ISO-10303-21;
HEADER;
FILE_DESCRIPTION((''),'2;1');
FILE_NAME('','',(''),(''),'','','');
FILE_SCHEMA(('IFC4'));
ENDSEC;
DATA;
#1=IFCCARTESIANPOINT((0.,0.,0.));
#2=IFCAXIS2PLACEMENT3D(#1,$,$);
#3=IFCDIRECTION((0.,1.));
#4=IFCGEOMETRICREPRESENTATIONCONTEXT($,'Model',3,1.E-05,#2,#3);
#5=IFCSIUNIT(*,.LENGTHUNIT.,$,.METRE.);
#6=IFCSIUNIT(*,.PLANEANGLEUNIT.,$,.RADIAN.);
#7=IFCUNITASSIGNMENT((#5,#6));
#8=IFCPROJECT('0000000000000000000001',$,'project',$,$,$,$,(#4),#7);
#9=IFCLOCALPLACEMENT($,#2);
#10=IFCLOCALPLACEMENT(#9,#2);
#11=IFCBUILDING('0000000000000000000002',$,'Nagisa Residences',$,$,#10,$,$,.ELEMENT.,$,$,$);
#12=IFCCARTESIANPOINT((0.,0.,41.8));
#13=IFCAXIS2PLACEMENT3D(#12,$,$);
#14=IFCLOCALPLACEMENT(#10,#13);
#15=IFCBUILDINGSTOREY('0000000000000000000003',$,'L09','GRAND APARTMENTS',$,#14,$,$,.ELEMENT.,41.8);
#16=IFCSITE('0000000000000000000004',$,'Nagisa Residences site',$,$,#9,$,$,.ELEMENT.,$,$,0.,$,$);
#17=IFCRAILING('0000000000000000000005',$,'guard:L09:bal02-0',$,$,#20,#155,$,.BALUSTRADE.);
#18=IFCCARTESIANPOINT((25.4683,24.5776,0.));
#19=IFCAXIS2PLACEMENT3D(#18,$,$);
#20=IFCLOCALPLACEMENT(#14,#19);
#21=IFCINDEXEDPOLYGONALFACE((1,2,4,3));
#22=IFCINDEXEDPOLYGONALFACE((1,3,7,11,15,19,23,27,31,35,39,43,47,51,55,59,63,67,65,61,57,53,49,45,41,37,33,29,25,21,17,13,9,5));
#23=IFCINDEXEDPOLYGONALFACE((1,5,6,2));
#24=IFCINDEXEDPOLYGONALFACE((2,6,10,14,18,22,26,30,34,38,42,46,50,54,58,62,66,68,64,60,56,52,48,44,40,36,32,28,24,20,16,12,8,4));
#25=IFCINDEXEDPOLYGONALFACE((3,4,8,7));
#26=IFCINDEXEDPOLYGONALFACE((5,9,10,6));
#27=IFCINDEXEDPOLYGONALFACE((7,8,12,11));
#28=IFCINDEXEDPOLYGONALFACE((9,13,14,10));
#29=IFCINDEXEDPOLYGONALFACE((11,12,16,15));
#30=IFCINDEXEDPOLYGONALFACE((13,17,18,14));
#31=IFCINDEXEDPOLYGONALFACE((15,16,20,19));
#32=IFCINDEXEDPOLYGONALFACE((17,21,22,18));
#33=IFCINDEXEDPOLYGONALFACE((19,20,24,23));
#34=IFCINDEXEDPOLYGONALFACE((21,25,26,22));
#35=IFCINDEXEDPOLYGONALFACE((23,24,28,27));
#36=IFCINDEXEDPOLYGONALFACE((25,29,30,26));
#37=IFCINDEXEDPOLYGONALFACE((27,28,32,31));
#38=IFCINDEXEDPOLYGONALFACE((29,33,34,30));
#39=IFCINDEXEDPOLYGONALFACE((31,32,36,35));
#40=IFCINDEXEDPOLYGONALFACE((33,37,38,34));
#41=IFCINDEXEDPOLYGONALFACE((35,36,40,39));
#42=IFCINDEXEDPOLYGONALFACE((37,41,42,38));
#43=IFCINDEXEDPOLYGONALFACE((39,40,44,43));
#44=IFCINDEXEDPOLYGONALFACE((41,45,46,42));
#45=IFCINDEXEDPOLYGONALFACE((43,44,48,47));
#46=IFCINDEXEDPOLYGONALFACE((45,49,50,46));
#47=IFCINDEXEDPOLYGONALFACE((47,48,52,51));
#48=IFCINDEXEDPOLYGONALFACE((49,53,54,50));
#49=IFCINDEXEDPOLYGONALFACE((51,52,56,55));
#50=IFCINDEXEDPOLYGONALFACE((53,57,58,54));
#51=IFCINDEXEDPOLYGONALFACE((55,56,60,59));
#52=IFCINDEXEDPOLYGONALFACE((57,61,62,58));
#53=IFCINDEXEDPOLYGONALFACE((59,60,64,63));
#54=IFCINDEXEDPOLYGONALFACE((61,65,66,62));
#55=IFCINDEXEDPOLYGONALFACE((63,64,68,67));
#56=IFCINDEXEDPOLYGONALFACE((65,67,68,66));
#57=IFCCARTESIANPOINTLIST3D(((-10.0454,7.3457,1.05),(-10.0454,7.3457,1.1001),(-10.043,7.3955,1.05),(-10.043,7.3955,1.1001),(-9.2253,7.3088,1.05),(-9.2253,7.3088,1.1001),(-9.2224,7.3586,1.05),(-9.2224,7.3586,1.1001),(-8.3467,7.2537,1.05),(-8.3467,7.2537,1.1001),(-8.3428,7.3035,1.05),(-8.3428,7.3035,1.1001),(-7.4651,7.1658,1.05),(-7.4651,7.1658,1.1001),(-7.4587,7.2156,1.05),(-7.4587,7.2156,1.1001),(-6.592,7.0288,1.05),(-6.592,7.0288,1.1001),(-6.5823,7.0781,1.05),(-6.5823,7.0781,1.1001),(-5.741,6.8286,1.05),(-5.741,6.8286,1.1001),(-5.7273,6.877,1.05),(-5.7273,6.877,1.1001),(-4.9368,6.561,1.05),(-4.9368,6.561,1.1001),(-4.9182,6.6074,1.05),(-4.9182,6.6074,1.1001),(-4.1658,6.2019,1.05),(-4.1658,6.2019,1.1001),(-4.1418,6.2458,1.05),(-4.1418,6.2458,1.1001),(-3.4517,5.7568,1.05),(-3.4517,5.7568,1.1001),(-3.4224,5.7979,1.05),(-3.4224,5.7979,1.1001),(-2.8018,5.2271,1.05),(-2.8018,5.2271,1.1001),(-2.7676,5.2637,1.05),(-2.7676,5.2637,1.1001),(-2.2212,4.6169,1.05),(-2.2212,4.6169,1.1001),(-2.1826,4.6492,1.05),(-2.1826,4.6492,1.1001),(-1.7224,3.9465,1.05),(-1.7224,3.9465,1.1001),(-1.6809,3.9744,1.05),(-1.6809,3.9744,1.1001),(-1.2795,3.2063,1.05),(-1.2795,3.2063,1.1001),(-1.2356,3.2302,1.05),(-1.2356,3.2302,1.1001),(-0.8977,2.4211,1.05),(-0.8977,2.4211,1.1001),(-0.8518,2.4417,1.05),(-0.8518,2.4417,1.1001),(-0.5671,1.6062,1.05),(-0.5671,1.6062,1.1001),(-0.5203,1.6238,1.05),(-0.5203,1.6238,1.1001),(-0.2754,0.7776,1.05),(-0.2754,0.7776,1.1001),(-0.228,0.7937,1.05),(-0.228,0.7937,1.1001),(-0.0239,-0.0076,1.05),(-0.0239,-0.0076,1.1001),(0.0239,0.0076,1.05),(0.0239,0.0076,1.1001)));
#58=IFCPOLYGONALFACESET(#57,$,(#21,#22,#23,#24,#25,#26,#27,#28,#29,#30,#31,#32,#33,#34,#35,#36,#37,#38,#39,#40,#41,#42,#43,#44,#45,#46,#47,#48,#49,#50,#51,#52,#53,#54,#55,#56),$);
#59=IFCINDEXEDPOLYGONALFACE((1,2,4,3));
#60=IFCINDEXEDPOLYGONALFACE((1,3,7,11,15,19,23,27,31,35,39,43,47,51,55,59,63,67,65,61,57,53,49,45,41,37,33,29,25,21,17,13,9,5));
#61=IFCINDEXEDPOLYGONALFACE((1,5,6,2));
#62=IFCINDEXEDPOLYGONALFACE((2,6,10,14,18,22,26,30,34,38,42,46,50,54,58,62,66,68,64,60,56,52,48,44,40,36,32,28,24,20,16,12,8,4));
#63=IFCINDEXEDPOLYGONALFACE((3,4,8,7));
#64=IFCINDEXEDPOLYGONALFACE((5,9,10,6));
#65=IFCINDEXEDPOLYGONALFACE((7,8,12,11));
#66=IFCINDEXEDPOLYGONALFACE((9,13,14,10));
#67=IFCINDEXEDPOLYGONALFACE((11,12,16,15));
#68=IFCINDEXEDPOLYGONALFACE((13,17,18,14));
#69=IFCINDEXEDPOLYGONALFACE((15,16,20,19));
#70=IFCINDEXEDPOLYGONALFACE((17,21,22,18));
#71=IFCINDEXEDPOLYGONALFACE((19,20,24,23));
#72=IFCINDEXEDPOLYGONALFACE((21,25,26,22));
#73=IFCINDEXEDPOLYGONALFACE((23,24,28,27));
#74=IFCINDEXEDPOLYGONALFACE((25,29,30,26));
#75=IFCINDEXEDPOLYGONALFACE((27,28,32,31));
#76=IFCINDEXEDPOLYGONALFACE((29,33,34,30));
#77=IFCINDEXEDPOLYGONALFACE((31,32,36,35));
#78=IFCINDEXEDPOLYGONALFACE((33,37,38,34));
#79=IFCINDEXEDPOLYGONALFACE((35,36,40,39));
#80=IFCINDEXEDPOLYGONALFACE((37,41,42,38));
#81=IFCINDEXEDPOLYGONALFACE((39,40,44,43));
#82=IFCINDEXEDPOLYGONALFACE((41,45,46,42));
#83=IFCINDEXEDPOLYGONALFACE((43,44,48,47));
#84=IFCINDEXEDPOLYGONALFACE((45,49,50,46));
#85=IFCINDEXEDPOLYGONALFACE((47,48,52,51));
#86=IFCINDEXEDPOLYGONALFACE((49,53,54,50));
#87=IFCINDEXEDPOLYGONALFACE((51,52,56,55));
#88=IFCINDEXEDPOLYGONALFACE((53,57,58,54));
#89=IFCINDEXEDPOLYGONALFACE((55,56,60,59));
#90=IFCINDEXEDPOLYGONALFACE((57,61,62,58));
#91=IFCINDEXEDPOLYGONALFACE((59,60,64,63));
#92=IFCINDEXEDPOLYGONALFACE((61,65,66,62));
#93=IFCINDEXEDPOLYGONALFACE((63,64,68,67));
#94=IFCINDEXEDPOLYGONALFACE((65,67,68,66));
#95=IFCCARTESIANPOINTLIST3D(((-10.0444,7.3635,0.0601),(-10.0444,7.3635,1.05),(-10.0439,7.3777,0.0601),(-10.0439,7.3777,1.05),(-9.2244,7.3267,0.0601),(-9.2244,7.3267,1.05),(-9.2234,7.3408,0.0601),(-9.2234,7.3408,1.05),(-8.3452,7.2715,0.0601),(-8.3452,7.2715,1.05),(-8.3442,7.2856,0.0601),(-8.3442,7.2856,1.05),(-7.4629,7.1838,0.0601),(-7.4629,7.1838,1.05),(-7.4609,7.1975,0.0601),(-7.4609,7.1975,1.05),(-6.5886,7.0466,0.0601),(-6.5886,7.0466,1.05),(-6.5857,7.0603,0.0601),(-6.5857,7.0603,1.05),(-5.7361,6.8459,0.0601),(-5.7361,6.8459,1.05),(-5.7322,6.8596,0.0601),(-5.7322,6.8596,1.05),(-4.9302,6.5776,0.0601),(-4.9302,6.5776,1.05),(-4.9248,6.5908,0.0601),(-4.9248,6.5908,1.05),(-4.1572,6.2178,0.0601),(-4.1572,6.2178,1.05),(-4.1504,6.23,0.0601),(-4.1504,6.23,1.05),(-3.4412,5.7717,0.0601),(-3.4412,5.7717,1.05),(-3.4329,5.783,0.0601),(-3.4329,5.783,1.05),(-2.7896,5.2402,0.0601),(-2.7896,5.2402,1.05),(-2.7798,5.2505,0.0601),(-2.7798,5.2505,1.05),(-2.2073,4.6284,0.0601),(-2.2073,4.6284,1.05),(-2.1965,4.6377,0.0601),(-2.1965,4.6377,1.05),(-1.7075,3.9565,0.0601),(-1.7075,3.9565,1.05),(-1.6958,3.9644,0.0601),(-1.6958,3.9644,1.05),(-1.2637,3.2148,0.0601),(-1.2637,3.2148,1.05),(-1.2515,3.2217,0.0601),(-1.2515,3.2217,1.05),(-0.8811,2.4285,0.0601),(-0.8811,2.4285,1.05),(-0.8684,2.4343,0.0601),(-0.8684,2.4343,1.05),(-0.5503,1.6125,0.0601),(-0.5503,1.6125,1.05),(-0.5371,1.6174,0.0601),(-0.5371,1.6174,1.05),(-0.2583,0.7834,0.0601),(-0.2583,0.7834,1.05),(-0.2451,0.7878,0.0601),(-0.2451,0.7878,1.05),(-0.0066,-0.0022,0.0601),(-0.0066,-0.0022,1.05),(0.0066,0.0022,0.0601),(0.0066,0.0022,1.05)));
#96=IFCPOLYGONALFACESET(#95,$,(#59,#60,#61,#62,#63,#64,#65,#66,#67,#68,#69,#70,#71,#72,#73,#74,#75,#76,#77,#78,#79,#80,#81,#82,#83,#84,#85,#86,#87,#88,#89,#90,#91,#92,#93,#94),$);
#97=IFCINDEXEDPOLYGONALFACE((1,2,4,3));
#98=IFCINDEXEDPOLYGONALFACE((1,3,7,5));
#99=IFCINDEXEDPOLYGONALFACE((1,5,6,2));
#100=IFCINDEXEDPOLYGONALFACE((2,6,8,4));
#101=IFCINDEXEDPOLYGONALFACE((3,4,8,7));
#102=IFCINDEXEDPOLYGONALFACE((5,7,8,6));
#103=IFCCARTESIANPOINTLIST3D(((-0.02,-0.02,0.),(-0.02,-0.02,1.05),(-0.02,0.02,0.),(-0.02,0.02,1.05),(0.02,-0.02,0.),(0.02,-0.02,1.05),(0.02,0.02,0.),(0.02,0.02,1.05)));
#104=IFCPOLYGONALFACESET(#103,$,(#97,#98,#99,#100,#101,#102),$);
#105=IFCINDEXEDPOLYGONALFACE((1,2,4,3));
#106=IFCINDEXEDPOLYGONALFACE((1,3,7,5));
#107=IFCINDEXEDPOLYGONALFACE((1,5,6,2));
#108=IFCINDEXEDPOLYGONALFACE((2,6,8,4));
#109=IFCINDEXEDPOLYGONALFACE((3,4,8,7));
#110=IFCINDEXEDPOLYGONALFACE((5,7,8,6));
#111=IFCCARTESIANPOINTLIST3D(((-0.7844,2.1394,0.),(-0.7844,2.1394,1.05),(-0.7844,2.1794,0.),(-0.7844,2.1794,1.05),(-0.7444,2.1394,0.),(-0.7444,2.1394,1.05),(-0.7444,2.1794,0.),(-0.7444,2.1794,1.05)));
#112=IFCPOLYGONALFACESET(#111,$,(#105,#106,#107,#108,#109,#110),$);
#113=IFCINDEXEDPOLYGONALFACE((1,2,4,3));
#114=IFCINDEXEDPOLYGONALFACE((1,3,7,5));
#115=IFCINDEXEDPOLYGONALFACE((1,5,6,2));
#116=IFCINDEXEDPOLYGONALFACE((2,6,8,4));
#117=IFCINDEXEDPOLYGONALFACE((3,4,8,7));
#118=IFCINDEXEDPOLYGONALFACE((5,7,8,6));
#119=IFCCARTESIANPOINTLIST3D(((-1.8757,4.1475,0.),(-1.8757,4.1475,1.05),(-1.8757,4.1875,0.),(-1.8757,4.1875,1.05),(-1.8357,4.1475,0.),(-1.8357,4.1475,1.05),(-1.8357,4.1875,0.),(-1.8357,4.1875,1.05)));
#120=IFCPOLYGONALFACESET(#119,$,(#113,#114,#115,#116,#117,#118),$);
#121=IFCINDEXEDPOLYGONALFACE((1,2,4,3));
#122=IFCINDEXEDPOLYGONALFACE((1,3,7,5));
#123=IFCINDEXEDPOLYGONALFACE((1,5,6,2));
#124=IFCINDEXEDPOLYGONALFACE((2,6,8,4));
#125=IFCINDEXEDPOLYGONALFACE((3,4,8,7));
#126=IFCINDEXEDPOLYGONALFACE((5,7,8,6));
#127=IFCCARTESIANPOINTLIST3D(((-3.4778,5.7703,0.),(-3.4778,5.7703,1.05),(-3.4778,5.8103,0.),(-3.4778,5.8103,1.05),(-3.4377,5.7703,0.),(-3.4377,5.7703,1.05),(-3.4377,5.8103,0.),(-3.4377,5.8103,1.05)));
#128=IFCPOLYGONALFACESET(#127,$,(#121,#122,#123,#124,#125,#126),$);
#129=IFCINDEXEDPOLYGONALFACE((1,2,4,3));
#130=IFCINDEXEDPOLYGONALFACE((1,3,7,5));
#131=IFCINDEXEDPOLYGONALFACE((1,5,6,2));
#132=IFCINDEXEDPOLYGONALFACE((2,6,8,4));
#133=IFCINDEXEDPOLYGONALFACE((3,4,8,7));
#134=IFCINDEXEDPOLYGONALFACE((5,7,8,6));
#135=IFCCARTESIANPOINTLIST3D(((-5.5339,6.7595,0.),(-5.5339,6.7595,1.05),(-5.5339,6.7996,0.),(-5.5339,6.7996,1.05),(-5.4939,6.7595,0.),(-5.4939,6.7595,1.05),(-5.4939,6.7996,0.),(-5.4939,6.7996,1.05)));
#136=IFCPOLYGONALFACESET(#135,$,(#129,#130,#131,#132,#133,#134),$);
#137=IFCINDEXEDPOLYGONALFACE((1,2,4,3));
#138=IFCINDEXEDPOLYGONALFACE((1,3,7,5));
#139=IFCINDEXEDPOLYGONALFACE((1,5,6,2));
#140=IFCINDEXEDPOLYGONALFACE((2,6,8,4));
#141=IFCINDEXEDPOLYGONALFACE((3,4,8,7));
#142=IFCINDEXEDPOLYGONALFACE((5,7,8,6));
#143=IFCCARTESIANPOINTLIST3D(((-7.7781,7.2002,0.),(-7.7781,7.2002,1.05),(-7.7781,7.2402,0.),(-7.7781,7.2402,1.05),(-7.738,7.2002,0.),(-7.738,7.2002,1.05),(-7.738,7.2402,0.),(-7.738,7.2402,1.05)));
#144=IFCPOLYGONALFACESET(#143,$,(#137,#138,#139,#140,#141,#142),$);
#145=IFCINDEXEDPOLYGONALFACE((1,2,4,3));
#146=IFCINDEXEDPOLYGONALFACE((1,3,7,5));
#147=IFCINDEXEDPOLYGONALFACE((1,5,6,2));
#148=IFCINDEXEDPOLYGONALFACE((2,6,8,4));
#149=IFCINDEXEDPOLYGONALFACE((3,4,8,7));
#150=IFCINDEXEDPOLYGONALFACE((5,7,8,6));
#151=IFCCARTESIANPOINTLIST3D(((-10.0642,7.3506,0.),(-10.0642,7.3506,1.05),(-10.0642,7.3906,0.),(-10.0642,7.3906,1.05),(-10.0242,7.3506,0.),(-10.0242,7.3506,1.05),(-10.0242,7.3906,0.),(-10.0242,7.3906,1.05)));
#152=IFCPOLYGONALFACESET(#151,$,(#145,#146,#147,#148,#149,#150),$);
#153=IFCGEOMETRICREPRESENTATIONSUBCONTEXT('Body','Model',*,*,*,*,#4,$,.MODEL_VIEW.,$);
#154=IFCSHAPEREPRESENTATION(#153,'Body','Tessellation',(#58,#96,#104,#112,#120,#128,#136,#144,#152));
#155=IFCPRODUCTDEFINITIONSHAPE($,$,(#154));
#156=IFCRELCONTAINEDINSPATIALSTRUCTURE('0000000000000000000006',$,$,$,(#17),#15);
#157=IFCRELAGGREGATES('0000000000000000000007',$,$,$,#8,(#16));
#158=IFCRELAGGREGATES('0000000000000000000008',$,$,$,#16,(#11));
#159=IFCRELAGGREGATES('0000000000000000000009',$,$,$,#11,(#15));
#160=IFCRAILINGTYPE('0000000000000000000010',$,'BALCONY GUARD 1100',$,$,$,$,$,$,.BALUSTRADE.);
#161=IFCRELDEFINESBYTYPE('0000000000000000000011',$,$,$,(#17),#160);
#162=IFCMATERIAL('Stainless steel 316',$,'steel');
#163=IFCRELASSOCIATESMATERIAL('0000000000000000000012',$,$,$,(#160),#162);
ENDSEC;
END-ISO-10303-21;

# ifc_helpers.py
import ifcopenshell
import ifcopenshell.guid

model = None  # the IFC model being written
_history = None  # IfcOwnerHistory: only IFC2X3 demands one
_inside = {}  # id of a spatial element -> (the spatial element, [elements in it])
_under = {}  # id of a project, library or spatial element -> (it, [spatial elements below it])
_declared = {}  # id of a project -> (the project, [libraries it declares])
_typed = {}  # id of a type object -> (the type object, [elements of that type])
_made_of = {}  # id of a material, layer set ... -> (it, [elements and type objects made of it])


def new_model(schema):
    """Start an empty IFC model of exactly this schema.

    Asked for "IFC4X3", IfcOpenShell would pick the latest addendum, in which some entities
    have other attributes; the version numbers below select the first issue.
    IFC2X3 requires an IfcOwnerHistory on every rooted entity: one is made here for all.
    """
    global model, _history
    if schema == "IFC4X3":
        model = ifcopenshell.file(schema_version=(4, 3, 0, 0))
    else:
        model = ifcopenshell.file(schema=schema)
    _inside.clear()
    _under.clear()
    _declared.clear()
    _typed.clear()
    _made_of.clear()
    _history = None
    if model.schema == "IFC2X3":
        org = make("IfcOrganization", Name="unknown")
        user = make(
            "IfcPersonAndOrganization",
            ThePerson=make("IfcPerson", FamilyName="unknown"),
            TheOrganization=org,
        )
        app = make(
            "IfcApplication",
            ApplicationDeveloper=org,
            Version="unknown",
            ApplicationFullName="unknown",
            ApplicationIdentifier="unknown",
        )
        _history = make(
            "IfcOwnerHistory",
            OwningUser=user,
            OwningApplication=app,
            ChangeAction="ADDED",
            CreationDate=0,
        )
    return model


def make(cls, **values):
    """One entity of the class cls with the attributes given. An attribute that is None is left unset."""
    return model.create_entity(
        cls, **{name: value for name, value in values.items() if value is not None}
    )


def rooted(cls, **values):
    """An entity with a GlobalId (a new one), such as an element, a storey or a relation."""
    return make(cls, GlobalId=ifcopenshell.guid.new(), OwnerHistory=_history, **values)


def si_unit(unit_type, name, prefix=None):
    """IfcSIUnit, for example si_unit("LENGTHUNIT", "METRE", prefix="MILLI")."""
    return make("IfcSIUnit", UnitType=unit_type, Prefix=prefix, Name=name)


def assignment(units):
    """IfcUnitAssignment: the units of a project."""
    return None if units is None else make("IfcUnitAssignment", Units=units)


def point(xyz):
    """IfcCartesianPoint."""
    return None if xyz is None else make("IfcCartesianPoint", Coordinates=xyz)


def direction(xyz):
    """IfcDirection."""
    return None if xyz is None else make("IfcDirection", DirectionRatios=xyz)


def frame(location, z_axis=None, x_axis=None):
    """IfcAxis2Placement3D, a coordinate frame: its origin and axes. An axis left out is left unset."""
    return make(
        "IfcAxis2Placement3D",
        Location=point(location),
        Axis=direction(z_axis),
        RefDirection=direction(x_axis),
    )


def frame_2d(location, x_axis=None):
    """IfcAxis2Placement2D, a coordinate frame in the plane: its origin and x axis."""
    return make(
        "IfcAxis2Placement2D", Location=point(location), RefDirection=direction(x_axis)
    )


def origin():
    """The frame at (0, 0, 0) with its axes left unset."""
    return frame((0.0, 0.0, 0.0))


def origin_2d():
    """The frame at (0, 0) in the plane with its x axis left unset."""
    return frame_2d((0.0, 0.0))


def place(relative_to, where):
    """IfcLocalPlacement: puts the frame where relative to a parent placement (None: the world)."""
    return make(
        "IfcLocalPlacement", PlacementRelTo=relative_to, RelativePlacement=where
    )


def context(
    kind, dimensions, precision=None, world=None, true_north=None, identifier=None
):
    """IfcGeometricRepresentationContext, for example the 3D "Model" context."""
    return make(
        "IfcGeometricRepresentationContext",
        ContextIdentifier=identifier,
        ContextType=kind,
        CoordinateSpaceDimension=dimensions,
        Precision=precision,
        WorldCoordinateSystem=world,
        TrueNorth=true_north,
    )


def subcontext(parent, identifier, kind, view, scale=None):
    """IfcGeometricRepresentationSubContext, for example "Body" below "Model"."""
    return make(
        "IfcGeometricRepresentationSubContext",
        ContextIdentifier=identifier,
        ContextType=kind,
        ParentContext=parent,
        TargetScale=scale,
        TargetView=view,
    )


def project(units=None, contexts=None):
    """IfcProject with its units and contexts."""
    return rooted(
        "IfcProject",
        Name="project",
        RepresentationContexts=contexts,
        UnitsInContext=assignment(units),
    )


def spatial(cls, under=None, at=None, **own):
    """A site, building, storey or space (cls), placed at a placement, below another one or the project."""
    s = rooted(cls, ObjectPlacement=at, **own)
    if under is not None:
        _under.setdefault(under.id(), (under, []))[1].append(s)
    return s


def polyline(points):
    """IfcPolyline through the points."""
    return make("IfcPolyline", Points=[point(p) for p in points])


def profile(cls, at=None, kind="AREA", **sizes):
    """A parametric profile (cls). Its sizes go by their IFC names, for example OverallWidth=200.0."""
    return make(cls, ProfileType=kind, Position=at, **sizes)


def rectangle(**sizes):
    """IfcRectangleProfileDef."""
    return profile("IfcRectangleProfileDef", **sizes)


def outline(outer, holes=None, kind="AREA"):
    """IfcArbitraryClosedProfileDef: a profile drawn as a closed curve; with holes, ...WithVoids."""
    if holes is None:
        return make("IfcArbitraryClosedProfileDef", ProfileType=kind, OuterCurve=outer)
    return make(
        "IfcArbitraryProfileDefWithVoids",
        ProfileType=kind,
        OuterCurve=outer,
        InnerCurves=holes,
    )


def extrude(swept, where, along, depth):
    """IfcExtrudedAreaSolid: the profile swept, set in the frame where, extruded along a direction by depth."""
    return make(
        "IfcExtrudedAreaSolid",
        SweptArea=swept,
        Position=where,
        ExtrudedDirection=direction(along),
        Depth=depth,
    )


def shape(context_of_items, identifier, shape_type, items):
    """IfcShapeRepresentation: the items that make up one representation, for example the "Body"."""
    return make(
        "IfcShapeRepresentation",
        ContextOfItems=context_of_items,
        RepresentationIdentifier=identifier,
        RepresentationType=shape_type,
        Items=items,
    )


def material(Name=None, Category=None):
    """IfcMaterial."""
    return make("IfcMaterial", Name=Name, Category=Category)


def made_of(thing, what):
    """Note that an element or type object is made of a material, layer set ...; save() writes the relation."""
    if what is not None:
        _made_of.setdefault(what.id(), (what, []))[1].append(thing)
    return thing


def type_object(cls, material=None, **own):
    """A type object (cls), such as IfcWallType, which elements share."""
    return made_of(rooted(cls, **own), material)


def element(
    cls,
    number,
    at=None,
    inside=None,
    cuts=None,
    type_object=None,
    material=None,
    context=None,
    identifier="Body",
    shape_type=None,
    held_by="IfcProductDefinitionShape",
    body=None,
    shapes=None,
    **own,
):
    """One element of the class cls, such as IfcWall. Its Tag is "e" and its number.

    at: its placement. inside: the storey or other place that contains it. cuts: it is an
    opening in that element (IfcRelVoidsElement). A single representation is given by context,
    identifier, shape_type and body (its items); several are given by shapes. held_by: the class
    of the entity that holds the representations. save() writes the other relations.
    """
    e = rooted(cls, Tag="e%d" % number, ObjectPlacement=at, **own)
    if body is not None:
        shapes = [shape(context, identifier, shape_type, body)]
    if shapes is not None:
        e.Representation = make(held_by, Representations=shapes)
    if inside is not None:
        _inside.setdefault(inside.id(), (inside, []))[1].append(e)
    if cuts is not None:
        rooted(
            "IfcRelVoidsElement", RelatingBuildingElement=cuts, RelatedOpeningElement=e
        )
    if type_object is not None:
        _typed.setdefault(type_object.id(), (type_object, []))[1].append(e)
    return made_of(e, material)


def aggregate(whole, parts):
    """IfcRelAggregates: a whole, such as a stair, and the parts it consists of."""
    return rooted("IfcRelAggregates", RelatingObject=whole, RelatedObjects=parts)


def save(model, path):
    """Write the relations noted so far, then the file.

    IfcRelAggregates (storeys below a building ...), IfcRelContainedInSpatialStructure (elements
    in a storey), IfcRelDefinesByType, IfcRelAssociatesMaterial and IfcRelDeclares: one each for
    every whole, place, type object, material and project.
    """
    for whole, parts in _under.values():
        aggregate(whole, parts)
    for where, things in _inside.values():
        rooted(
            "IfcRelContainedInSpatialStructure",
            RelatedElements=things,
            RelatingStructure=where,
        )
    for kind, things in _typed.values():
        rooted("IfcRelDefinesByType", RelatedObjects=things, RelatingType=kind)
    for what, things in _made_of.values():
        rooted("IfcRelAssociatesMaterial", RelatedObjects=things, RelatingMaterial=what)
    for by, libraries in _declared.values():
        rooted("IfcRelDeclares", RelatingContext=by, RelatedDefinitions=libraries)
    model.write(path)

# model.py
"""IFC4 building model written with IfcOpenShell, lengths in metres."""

from ifc_helpers import new_model, si_unit, direction, frame, origin, origin_2d, place, context, subcontext, project, spatial, polyline, rectangle, outline, extrude, material, type_object, element, save


model = new_model("IFC4")

# Units and contexts
model_context = context("Model", 3, precision=1e-05, world=origin(), true_north=direction((0.0, 1.0)))
body_context = subcontext(model_context, "Body", "Model", "MODEL_VIEW")
ifc_project = project(units=[si_unit("LENGTHUNIT", "METRE"), si_unit("PLANEANGLEUNIT", "RADIAN")], contexts=[model_context])

# Site, building, storey
site_placement = place(None, origin())
site = spatial("IfcSite", under=ifc_project, at=site_placement, Name="Nagisa Residences site", CompositionType="ELEMENT", RefElevation=0.0)
building_placement = place(site_placement, origin())
building = spatial("IfcBuilding", under=site, at=building_placement, Name="Nagisa Residences", CompositionType="ELEMENT")
storey_placement = place(building_placement, frame((0.0, 0.0, 41.8)))
storey = spatial("IfcBuildingStorey", under=building, at=storey_placement, Name="L09", Description="GRAND APARTMENTS", CompositionType="ELEMENT", Elevation=41.8)

# Railing
ifc_material_1 = material(Name="Stainless steel 316", Category="steel")
railing_type = type_object("IfcRailingType", Name="BALCONY GUARD 1100", PredefinedType="BALUSTRADE", material=ifc_material_1)
railing_placement = place(storey_placement, frame((25.4683, 24.5776, 0.0)))
element("IfcRailing", 1, at=railing_placement, inside=storey, type_object=railing_type, Name="guard:L09:bal02-0", PredefinedType="BALUSTRADE", context=body_context, shape_type="SweptSolid", body=[
    extrude(outline(polyline([(-0.2754, 0.7776), (-0.0239, -0.0076), (0.0239, 0.0076), (-0.228, 0.7937), (-0.5203, 1.6238), (-0.8518, 2.4417), (-1.2356, 3.2302), (-1.6809, 3.9744), (-2.1826, 4.6492), (-2.7676, 5.2637), (-3.4224, 5.7979), (-4.1418, 6.2458), (-4.9182, 6.6074), (-5.7273, 6.877), (-6.5823, 7.0781), (-7.4587, 7.2156), (-8.3428, 7.3035), (-9.2224, 7.3586), (-10.043, 7.3955), (-10.0454, 7.3457), (-9.2253, 7.3088), (-8.3467, 7.2537), (-7.4651, 7.1658), (-6.592, 7.0288), (-5.741, 6.8286), (-4.9368, 6.561), (-4.1658, 6.2019), (-3.4517, 5.7568), (-2.8018, 5.2271), (-2.2212, 4.6169), (-1.7224, 3.9465), (-1.2795, 3.2063), (-0.8977, 2.4211), (-0.5671, 1.6062), (-0.2754, 0.7776)])), frame((0.0, 0.0, 1.05)), (0.0, 0.0, 1.0), 0.05),
    extrude(outline(polyline([(-0.2583, 0.7834), (-0.0066, -0.0022), (0.0066, 0.0022), (-0.2451, 0.7878), (-0.5371, 1.6174), (-0.8684, 2.4343), (-1.2515, 3.2217), (-1.6958, 3.9644), (-2.1965, 4.6377), (-2.7798, 5.2505), (-3.4329, 5.783), (-4.1504, 6.23), (-4.9248, 6.5908), (-5.7322, 6.8596), (-6.5857, 7.0603), (-7.4609, 7.1975), (-8.3442, 7.2856), (-9.2234, 7.3408), (-10.0439, 7.3777), (-10.0444, 7.3635), (-9.2244, 7.3267), (-8.3452, 7.2715), (-7.4629, 7.1838), (-6.5886, 7.0466), (-5.7361, 6.8459), (-4.9302, 6.5776), (-4.1572, 6.2178), (-3.4412, 5.7717), (-2.7896, 5.2402), (-2.2073, 4.6284), (-1.7075, 3.9565), (-1.2637, 3.2148), (-0.8811, 2.4285), (-0.5503, 1.6125), (-0.2583, 0.7834)])), frame((0.0, 0.0, 0.0601)), (0.0, 0.0, 1.0), 0.99),
    extrude(rectangle(XDim=0.04, YDim=0.04, at=origin_2d()), origin(), (0.0, 0.0, 1.0), 1.05),
    extrude(rectangle(XDim=0.04, YDim=0.04, at=origin_2d()), frame((-0.7644, 2.1594, 0.0)), (0.0, 0.0, 1.0), 1.05),
    extrude(rectangle(XDim=0.04, YDim=0.04, at=origin_2d()), frame((-1.8557, 4.1675, 0.0)), (0.0, 0.0, 1.0), 1.05),
    extrude(rectangle(XDim=0.04, YDim=0.04, at=origin_2d()), frame((-3.4578, 5.7903, 0.0)), (0.0, 0.0, 1.0), 1.05),
    extrude(rectangle(XDim=0.04, YDim=0.04, at=origin_2d()), frame((-5.5139, 6.7795, 0.0)), (0.0, 0.0, 1.0), 1.05),
    extrude(rectangle(XDim=0.04, YDim=0.04, at=origin_2d()), frame((-7.7581, 7.2202, 0.0)), (0.0, 0.0, 1.0), 1.05),
    extrude(rectangle(XDim=0.04, YDim=0.04, at=origin_2d()), frame((-10.0442, 7.3706, 0.0)), (0.0, 0.0, 1.0), 1.05),
])

save(model, "model.ifc")
